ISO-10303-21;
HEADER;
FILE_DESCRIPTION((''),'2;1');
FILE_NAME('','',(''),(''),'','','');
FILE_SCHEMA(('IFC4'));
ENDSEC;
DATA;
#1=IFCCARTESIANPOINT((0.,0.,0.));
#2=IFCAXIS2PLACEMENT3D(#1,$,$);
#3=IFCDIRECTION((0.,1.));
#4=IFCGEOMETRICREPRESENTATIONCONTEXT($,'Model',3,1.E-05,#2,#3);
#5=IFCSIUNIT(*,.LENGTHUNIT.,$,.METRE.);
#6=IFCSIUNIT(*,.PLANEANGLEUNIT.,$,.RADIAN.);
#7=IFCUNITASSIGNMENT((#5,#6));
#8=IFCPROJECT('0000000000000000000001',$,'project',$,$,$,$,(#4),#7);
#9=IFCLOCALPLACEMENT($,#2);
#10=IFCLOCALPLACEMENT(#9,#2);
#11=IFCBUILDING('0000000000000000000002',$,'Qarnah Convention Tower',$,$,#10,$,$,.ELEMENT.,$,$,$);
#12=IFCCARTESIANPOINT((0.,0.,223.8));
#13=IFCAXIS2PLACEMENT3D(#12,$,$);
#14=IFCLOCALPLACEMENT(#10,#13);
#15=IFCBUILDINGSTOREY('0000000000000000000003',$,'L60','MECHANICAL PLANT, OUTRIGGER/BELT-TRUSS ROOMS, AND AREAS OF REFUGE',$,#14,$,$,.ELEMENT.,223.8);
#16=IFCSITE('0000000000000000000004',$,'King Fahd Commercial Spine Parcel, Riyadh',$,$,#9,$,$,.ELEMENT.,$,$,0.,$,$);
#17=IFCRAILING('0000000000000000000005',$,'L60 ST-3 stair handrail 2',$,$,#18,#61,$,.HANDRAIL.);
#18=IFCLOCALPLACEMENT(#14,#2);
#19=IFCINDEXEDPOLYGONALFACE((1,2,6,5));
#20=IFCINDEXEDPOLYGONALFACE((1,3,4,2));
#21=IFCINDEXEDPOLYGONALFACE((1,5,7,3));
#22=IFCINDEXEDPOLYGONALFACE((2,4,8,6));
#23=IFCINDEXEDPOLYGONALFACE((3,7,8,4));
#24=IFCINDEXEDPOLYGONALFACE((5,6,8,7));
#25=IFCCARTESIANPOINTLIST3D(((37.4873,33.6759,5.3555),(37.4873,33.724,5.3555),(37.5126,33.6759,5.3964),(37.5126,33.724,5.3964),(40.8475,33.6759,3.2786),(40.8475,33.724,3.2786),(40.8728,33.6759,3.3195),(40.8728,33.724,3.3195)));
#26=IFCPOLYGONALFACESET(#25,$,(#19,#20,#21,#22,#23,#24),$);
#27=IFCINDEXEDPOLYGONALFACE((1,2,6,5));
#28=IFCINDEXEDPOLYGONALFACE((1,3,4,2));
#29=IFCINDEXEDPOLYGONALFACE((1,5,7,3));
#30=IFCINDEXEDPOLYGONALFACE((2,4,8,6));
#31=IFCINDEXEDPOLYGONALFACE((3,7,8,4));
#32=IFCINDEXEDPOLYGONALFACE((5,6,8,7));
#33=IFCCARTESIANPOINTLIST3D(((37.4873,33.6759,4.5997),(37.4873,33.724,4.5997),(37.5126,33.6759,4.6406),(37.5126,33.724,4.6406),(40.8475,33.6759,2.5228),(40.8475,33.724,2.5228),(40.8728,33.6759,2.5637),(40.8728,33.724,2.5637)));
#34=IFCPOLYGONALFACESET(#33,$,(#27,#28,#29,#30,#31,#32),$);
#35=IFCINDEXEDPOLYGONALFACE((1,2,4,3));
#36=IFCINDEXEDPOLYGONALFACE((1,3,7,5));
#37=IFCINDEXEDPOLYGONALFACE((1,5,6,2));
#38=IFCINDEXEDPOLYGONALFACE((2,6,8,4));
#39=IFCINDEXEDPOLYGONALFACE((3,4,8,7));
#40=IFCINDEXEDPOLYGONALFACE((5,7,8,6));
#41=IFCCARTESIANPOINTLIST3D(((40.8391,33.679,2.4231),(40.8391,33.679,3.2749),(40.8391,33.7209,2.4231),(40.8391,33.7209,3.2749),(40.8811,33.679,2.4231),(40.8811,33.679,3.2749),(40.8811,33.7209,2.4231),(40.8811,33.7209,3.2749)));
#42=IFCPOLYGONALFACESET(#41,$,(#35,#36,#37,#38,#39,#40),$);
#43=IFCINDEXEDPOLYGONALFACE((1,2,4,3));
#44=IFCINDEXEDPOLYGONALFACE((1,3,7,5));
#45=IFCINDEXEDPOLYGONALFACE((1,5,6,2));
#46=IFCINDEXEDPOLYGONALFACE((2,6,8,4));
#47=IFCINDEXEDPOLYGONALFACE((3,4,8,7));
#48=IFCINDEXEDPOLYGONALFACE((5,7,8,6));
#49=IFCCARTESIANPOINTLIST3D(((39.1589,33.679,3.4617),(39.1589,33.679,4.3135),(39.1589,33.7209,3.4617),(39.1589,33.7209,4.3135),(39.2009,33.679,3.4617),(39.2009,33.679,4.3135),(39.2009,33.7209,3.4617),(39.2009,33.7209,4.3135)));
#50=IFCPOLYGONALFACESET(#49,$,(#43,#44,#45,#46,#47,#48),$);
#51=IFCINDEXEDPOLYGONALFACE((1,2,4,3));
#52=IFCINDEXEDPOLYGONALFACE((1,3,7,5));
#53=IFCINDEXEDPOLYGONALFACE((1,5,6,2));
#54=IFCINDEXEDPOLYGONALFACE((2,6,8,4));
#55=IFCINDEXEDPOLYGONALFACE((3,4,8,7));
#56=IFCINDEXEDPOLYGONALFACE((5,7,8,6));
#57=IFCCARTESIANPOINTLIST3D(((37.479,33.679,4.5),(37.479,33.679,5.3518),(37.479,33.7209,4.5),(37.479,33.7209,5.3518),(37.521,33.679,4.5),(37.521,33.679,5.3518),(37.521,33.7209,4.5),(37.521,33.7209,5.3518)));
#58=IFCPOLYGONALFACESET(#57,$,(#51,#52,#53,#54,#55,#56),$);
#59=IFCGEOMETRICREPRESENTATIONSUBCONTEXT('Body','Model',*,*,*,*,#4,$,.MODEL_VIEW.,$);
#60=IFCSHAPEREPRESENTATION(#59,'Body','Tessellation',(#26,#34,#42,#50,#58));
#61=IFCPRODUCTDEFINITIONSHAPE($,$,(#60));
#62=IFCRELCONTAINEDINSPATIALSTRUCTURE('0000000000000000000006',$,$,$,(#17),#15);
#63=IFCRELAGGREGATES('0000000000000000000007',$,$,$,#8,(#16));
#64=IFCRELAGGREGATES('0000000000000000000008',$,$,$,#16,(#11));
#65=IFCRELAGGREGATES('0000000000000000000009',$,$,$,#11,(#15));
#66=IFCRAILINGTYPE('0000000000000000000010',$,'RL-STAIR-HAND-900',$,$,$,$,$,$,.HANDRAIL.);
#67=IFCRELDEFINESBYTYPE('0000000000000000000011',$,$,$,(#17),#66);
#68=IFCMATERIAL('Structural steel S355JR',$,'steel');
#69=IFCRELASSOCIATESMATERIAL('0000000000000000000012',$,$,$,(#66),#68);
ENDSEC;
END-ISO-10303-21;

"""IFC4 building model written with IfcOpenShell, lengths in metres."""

from ifc_helpers import new_model, si_unit, direction, frame, origin, origin_2d, place, context, subcontext, project, spatial, rectangle, extrude, material, type_object, element, save


model = new_model("IFC4")

# Units and contexts
model_context = context("Model", 3, precision=1e-05, world=origin(), true_north=direction((0.0, 1.0)))
body_context = subcontext(model_context, "Body", "Model", "MODEL_VIEW")
ifc_project = project(units=[si_unit("LENGTHUNIT", "METRE"), si_unit("PLANEANGLEUNIT", "RADIAN")], contexts=[model_context])

# Site, building, storey
site_placement = place(None, origin())
site = spatial("IfcSite", under=ifc_project, at=site_placement, Name="King Fahd Commercial Spine Parcel, Riyadh", CompositionType="ELEMENT", RefElevation=0.0)
building_placement = place(site_placement, origin())
building = spatial("IfcBuilding", under=site, at=building_placement, Name="Qarnah Convention Tower", CompositionType="ELEMENT")
storey_placement = place(building_placement, frame((0.0, 0.0, 223.8)))
storey = spatial("IfcBuildingStorey", under=building, at=storey_placement, Name="L60", Description="MECHANICAL PLANT, OUTRIGGER/BELT-TRUSS ROOMS, AND AREAS OF REFUGE", CompositionType="ELEMENT", Elevation=223.8)

# Shared definitions
ifc_material_1 = material(Name="Structural steel S355JR", Category="steel")

# Railing
railing_type_1 = type_object("IfcRailingType", Name="RL-STAIR-HAND-900", PredefinedType="HANDRAIL", material=ifc_material_1)
railing_1_placement = place(storey_placement, frame((40.8601, 33.7, 2.4231)))
element("IfcRailing", 1, at=railing_1_placement, inside=storey, type_object=railing_type_1, Name="L60 ST-3 stair handrail 2", PredefinedType="HANDRAIL", context=body_context, shape_type="SweptSolid", body=[
    extrude(rectangle(XDim=0.0481, YDim=0.0481, at=origin_2d()), frame((0.0, 0.0, 0.876), z_axis=(-0.850623, 0.0, 0.525776), x_axis=(0.0, -1.0, 0.0)), (0.0, 0.0, 1.0), 3.9502),
    extrude(rectangle(XDim=0.0481, YDim=0.0481, at=origin_2d()), frame((0.0, 0.0, 0.1201), z_axis=(-0.850623, 0.0, 0.525776), x_axis=(0.0, -1.0, 0.0)), (0.0, 0.0, 1.0), 3.9502),
    extrude(rectangle(XDim=0.042, YDim=0.042, at=origin_2d()), origin(), (0.0, 0.0, 1.0), 0.8518),
    extrude(rectangle(XDim=0.042, YDim=0.042, at=origin_2d()), frame((-1.6802, 0.0, 1.0386)), (0.0, 0.0, 1.0), 0.8518),
    extrude(rectangle(XDim=0.042, YDim=0.042, at=origin_2d()), frame((-3.3601, 0.0, 2.0769)), (0.0, 0.0, 1.0), 0.8518),
])

save(model, "model.ifc")
